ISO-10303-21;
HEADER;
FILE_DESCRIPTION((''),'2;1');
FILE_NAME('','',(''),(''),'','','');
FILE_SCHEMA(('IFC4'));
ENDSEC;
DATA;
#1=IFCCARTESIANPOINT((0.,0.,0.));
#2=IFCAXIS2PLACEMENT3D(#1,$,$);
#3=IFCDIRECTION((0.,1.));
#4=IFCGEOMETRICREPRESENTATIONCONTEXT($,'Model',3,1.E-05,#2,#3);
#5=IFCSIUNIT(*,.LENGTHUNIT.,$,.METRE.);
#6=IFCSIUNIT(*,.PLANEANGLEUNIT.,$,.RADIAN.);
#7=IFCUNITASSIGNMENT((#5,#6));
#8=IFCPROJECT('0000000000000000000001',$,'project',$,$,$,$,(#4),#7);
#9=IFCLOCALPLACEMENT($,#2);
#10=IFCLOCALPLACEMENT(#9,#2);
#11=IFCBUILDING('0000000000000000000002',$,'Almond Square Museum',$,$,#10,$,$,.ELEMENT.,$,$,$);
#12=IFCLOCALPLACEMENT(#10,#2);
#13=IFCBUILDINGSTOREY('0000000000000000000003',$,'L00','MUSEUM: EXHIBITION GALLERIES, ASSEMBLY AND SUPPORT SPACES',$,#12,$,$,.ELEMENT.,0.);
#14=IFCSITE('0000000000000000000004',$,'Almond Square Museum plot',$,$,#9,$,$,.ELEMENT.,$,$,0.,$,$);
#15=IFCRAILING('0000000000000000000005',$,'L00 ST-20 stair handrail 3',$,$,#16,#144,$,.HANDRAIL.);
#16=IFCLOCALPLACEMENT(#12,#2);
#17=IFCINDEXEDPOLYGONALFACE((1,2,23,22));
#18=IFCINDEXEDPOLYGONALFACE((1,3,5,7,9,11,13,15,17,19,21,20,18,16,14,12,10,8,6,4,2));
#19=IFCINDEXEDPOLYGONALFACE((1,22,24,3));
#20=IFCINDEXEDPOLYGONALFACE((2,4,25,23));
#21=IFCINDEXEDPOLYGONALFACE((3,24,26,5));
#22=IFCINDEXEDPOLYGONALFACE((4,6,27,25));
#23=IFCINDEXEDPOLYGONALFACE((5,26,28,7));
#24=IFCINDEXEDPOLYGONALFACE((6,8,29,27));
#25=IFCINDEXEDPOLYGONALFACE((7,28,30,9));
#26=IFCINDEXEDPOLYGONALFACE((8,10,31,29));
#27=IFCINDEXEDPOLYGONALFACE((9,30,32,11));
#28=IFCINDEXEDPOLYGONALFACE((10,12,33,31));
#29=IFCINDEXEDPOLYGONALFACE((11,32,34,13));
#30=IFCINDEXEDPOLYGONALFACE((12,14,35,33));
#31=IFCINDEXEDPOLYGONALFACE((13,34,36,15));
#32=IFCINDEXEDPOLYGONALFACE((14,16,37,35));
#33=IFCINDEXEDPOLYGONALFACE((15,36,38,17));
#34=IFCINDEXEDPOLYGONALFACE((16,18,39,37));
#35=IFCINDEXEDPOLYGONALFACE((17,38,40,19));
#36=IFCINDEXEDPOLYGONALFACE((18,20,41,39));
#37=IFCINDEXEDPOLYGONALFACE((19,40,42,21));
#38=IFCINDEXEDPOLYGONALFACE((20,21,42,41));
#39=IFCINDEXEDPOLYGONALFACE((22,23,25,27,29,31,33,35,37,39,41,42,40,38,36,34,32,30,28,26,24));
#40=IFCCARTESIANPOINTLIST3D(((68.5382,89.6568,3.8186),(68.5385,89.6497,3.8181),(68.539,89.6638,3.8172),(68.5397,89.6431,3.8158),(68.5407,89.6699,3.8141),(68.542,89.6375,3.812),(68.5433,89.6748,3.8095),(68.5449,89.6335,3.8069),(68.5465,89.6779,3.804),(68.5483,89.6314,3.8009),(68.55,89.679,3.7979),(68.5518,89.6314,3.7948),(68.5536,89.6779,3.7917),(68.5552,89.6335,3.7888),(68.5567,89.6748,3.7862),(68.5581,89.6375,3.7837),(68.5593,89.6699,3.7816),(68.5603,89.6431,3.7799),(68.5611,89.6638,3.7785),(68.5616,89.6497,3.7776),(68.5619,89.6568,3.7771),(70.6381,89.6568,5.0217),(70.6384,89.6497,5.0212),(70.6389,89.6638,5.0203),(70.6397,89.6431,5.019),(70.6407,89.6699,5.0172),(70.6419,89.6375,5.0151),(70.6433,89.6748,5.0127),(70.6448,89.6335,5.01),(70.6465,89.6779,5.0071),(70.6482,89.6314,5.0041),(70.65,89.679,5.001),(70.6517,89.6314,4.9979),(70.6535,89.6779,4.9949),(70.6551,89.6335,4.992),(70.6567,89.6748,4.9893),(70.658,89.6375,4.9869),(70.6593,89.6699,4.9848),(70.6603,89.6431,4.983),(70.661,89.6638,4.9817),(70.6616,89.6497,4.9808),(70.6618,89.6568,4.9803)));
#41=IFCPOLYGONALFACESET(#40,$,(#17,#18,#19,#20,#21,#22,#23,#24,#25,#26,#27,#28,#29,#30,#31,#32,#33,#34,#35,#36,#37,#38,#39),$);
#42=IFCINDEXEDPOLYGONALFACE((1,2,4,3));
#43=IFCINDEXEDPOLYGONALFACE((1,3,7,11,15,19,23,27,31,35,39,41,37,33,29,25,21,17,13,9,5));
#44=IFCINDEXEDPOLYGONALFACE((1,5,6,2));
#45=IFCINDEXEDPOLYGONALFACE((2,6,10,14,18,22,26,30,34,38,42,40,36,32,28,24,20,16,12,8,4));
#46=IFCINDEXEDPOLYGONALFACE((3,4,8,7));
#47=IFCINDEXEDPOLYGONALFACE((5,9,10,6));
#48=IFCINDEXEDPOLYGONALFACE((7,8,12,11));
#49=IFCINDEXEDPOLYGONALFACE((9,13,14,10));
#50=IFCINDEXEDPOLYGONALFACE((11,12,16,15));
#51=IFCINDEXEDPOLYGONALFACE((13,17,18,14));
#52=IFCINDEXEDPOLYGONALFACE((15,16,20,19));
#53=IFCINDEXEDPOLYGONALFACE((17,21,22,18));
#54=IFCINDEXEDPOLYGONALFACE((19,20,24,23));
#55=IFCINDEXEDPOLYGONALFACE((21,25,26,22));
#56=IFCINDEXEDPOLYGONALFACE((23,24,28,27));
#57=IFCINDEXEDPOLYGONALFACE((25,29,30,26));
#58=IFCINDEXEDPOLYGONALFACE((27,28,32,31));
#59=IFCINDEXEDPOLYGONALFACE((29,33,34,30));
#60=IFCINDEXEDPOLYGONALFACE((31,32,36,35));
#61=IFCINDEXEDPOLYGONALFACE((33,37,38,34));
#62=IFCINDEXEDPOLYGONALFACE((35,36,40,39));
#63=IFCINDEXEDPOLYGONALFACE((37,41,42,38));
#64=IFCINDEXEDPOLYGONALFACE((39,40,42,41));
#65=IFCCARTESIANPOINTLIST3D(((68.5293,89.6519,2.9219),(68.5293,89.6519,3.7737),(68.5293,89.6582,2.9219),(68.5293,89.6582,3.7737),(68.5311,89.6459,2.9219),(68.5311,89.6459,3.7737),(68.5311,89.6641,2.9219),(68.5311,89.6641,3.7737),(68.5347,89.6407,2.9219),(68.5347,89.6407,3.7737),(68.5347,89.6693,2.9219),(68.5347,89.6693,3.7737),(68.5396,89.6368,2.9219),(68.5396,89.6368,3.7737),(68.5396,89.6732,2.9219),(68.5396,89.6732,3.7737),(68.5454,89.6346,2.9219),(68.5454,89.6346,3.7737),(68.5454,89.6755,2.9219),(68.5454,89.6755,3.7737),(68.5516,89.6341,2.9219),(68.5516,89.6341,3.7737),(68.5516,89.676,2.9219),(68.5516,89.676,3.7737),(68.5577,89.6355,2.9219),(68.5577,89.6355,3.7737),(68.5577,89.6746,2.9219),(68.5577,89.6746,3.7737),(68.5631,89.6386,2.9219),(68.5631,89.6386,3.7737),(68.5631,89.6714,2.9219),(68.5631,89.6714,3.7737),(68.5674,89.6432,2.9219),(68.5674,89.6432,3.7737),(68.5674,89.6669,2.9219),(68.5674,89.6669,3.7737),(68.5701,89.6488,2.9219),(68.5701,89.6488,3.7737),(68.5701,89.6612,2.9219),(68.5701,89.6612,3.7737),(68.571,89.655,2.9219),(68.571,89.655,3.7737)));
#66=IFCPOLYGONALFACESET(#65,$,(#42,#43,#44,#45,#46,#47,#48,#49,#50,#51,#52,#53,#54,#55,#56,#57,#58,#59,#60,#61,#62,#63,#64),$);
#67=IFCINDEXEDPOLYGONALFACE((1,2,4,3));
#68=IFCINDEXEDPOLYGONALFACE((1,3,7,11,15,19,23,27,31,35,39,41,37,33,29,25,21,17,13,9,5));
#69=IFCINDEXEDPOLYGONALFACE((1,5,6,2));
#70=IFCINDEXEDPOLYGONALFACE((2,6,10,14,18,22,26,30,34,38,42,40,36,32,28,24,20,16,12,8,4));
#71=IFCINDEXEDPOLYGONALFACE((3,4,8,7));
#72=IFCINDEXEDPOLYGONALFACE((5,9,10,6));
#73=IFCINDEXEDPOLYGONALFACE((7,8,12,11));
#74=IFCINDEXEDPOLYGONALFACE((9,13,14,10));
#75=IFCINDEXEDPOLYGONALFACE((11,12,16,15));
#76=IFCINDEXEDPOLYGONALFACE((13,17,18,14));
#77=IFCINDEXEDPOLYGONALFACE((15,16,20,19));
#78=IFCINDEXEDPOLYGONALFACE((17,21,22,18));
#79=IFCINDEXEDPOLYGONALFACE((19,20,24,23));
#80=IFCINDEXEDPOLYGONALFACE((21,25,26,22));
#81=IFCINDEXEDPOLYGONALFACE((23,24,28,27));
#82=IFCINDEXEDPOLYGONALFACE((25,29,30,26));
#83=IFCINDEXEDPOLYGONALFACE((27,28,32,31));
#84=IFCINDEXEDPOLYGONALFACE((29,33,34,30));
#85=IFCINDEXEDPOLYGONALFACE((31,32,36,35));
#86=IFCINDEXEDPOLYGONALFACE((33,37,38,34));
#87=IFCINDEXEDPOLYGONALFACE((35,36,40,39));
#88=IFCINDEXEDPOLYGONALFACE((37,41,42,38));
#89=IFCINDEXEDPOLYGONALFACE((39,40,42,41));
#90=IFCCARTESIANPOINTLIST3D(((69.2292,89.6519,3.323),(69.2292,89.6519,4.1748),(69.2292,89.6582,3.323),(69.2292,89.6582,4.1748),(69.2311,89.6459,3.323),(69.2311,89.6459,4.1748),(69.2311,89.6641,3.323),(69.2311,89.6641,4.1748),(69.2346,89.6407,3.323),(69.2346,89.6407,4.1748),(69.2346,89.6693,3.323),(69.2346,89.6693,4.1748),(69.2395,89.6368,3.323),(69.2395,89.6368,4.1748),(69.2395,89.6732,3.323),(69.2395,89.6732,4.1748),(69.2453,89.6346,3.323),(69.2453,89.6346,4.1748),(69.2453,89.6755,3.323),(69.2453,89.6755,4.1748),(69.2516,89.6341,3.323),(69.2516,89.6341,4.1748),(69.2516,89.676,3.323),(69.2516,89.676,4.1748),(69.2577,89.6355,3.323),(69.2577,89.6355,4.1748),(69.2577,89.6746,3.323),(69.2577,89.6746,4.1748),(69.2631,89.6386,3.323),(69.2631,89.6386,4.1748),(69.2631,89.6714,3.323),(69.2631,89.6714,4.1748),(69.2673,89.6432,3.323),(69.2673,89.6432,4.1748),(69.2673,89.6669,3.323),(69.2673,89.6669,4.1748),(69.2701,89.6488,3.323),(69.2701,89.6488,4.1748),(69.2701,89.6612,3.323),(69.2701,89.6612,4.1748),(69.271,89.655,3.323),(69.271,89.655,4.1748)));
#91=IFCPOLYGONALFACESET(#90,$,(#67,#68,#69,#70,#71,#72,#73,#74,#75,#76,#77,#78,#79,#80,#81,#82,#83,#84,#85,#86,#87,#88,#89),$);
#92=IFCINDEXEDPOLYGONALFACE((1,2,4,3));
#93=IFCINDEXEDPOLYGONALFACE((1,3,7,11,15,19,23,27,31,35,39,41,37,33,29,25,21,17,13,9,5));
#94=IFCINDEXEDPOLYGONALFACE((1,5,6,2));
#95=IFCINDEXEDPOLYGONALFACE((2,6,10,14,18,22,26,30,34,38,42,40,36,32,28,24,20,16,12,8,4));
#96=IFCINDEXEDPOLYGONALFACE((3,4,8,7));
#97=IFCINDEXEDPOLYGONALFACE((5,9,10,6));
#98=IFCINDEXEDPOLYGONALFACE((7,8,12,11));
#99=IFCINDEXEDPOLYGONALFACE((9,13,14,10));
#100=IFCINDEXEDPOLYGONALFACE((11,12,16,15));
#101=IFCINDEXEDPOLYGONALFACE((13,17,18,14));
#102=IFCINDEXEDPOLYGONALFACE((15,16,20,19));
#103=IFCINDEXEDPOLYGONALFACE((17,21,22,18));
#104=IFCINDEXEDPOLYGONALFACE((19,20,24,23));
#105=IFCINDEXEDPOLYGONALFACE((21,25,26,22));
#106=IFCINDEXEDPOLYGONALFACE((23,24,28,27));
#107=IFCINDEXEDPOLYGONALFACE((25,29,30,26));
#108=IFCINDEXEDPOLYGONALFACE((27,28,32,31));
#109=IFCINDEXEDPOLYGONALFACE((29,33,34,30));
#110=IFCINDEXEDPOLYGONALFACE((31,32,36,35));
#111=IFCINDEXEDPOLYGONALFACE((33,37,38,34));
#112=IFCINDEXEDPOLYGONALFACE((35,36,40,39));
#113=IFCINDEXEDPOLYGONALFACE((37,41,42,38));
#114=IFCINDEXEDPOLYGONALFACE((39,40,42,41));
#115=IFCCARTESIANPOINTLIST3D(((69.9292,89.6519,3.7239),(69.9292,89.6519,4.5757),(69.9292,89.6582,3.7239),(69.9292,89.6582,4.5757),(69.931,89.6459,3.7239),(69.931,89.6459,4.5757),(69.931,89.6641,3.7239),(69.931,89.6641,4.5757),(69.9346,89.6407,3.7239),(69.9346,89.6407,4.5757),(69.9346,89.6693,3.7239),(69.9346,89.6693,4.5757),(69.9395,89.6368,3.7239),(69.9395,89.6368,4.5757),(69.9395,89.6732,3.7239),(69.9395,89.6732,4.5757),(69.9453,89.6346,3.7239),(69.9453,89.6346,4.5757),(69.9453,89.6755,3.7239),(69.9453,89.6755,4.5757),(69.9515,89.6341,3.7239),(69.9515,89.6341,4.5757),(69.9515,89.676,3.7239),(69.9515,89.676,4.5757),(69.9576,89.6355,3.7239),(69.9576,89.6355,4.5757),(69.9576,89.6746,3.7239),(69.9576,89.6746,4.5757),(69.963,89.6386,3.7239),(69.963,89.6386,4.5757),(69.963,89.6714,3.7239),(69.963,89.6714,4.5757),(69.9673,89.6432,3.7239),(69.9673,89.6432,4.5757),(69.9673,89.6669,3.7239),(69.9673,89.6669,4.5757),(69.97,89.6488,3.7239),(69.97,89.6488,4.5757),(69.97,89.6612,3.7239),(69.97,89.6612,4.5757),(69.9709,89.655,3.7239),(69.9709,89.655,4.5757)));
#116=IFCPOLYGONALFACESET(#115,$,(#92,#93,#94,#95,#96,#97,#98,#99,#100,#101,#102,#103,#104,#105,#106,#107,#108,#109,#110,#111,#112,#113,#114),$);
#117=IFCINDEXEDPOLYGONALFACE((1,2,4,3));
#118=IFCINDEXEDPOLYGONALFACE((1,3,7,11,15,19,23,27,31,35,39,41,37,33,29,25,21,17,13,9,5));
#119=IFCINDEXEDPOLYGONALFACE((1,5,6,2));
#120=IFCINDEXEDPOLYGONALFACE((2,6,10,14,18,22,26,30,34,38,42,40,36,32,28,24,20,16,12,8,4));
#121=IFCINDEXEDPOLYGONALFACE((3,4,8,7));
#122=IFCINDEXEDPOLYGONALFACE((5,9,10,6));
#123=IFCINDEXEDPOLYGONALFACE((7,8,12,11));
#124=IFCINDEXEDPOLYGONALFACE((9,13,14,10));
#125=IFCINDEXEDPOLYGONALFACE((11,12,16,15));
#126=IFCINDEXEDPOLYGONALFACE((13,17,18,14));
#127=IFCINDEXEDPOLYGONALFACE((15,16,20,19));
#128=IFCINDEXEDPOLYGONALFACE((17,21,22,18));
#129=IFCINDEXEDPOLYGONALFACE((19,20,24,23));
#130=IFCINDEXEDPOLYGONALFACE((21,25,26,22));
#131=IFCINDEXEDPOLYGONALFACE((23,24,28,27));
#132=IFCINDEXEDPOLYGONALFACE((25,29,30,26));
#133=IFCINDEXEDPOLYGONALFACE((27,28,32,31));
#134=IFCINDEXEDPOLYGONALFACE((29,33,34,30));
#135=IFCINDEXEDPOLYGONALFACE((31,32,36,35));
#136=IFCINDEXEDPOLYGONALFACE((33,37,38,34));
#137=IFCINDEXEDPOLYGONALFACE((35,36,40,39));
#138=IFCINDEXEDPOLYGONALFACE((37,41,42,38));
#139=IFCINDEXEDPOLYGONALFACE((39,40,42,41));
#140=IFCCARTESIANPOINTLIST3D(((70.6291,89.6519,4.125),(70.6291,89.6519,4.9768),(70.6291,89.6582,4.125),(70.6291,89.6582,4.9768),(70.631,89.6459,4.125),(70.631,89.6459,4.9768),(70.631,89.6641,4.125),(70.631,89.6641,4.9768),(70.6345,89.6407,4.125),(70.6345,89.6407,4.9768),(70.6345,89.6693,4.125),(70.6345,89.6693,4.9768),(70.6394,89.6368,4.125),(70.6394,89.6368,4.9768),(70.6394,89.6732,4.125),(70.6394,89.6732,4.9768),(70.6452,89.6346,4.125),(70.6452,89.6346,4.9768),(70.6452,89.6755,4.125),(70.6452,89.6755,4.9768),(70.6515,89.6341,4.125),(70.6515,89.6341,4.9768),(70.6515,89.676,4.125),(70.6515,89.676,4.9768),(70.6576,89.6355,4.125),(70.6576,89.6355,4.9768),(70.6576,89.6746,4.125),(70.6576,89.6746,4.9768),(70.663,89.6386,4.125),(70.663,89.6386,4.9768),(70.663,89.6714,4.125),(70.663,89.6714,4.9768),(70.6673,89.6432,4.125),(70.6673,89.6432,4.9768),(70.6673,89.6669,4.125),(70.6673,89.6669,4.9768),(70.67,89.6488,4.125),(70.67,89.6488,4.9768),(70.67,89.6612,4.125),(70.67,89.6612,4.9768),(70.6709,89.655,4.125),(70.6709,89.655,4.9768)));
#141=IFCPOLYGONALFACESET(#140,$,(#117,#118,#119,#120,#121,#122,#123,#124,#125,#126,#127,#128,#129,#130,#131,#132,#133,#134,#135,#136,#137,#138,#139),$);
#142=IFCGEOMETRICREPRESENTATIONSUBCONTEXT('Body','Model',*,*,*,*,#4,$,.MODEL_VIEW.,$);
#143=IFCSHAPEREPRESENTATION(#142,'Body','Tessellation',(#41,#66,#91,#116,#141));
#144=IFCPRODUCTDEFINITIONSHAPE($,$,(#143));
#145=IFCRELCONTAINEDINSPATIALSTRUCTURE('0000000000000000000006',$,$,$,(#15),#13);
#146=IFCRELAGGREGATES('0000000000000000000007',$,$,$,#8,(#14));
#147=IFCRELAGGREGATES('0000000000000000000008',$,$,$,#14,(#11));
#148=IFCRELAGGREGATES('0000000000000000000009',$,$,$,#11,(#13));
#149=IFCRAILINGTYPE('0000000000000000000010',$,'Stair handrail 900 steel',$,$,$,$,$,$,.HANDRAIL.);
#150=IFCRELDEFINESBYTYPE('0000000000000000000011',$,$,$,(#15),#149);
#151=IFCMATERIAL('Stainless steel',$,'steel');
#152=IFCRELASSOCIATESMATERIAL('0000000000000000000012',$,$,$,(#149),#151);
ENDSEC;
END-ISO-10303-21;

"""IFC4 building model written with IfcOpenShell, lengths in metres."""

from ifc_helpers import new_model, si_unit, direction, frame, origin, origin_2d, place, context, subcontext, project, spatial, circle, extrude, material, type_object, element, save


model = new_model("IFC4")

# Units and contexts
model_context = context("Model", 3, precision=1e-05, world=origin(), true_north=direction((0.0, 1.0)))
body_context = subcontext(model_context, "Body", "Model", "MODEL_VIEW")
ifc_project = project(units=[si_unit("LENGTHUNIT", "METRE"), si_unit("PLANEANGLEUNIT", "RADIAN")], contexts=[model_context])

# Site, building, storey
site_placement = place(None, origin())
site = spatial("IfcSite", under=ifc_project, at=site_placement, Name="Almond Square Museum plot", CompositionType="ELEMENT", RefElevation=0.0)
building_placement = place(site_placement, origin())
building = spatial("IfcBuilding", under=site, at=building_placement, Name="Almond Square Museum", CompositionType="ELEMENT")
storey_placement = place(building_placement, origin())
storey = spatial("IfcBuildingStorey", under=building, at=storey_placement, Name="L00", Description="MUSEUM: EXHIBITION GALLERIES, ASSEMBLY AND SUPPORT SPACES", CompositionType="ELEMENT", Elevation=0.0)

# Railing
ifc_material_1 = material(Name="Stainless steel", Category="steel")
railing_type_1 = type_object("IfcRailingType", Name="Stair handrail 900 steel", PredefinedType="HANDRAIL", material=ifc_material_1)
railing_1_placement = place(storey_placement, frame((68.55, 89.655, 2.9219)))
element("IfcRailing", 1, at=railing_1_placement, inside=storey, type_object=railing_type_1, Name="L00 ST-20 stair handrail 3", PredefinedType="HANDRAIL", context=body_context, shape_type="SweptSolid", body=[
    extrude(circle(Radius=0.0239, at=origin_2d()), frame((0.0, 0.0, 0.876), z_axis=(0.867671, 0.0, 0.497138), x_axis=(0.0, 1.0, 0.0)), (0.0, 0.0, 1.0), 2.4202),
    extrude(circle(Radius=0.021, at=origin_2d()), origin(), (0.0, 0.0, 1.0), 0.8518),
    extrude(circle(Radius=0.021, at=origin_2d()), frame((0.7, 0.0, 0.4011)), (0.0, 0.0, 1.0), 0.8518),
    extrude(circle(Radius=0.021, at=origin_2d()), frame((1.3999, 0.0, 0.802)), (0.0, 0.0, 1.0), 0.8518),
    extrude(circle(Radius=0.021, at=origin_2d()), frame((2.0999, 0.0, 1.2031)), (0.0, 0.0, 1.0), 0.8518),
])

save(model, "model.ifc")
